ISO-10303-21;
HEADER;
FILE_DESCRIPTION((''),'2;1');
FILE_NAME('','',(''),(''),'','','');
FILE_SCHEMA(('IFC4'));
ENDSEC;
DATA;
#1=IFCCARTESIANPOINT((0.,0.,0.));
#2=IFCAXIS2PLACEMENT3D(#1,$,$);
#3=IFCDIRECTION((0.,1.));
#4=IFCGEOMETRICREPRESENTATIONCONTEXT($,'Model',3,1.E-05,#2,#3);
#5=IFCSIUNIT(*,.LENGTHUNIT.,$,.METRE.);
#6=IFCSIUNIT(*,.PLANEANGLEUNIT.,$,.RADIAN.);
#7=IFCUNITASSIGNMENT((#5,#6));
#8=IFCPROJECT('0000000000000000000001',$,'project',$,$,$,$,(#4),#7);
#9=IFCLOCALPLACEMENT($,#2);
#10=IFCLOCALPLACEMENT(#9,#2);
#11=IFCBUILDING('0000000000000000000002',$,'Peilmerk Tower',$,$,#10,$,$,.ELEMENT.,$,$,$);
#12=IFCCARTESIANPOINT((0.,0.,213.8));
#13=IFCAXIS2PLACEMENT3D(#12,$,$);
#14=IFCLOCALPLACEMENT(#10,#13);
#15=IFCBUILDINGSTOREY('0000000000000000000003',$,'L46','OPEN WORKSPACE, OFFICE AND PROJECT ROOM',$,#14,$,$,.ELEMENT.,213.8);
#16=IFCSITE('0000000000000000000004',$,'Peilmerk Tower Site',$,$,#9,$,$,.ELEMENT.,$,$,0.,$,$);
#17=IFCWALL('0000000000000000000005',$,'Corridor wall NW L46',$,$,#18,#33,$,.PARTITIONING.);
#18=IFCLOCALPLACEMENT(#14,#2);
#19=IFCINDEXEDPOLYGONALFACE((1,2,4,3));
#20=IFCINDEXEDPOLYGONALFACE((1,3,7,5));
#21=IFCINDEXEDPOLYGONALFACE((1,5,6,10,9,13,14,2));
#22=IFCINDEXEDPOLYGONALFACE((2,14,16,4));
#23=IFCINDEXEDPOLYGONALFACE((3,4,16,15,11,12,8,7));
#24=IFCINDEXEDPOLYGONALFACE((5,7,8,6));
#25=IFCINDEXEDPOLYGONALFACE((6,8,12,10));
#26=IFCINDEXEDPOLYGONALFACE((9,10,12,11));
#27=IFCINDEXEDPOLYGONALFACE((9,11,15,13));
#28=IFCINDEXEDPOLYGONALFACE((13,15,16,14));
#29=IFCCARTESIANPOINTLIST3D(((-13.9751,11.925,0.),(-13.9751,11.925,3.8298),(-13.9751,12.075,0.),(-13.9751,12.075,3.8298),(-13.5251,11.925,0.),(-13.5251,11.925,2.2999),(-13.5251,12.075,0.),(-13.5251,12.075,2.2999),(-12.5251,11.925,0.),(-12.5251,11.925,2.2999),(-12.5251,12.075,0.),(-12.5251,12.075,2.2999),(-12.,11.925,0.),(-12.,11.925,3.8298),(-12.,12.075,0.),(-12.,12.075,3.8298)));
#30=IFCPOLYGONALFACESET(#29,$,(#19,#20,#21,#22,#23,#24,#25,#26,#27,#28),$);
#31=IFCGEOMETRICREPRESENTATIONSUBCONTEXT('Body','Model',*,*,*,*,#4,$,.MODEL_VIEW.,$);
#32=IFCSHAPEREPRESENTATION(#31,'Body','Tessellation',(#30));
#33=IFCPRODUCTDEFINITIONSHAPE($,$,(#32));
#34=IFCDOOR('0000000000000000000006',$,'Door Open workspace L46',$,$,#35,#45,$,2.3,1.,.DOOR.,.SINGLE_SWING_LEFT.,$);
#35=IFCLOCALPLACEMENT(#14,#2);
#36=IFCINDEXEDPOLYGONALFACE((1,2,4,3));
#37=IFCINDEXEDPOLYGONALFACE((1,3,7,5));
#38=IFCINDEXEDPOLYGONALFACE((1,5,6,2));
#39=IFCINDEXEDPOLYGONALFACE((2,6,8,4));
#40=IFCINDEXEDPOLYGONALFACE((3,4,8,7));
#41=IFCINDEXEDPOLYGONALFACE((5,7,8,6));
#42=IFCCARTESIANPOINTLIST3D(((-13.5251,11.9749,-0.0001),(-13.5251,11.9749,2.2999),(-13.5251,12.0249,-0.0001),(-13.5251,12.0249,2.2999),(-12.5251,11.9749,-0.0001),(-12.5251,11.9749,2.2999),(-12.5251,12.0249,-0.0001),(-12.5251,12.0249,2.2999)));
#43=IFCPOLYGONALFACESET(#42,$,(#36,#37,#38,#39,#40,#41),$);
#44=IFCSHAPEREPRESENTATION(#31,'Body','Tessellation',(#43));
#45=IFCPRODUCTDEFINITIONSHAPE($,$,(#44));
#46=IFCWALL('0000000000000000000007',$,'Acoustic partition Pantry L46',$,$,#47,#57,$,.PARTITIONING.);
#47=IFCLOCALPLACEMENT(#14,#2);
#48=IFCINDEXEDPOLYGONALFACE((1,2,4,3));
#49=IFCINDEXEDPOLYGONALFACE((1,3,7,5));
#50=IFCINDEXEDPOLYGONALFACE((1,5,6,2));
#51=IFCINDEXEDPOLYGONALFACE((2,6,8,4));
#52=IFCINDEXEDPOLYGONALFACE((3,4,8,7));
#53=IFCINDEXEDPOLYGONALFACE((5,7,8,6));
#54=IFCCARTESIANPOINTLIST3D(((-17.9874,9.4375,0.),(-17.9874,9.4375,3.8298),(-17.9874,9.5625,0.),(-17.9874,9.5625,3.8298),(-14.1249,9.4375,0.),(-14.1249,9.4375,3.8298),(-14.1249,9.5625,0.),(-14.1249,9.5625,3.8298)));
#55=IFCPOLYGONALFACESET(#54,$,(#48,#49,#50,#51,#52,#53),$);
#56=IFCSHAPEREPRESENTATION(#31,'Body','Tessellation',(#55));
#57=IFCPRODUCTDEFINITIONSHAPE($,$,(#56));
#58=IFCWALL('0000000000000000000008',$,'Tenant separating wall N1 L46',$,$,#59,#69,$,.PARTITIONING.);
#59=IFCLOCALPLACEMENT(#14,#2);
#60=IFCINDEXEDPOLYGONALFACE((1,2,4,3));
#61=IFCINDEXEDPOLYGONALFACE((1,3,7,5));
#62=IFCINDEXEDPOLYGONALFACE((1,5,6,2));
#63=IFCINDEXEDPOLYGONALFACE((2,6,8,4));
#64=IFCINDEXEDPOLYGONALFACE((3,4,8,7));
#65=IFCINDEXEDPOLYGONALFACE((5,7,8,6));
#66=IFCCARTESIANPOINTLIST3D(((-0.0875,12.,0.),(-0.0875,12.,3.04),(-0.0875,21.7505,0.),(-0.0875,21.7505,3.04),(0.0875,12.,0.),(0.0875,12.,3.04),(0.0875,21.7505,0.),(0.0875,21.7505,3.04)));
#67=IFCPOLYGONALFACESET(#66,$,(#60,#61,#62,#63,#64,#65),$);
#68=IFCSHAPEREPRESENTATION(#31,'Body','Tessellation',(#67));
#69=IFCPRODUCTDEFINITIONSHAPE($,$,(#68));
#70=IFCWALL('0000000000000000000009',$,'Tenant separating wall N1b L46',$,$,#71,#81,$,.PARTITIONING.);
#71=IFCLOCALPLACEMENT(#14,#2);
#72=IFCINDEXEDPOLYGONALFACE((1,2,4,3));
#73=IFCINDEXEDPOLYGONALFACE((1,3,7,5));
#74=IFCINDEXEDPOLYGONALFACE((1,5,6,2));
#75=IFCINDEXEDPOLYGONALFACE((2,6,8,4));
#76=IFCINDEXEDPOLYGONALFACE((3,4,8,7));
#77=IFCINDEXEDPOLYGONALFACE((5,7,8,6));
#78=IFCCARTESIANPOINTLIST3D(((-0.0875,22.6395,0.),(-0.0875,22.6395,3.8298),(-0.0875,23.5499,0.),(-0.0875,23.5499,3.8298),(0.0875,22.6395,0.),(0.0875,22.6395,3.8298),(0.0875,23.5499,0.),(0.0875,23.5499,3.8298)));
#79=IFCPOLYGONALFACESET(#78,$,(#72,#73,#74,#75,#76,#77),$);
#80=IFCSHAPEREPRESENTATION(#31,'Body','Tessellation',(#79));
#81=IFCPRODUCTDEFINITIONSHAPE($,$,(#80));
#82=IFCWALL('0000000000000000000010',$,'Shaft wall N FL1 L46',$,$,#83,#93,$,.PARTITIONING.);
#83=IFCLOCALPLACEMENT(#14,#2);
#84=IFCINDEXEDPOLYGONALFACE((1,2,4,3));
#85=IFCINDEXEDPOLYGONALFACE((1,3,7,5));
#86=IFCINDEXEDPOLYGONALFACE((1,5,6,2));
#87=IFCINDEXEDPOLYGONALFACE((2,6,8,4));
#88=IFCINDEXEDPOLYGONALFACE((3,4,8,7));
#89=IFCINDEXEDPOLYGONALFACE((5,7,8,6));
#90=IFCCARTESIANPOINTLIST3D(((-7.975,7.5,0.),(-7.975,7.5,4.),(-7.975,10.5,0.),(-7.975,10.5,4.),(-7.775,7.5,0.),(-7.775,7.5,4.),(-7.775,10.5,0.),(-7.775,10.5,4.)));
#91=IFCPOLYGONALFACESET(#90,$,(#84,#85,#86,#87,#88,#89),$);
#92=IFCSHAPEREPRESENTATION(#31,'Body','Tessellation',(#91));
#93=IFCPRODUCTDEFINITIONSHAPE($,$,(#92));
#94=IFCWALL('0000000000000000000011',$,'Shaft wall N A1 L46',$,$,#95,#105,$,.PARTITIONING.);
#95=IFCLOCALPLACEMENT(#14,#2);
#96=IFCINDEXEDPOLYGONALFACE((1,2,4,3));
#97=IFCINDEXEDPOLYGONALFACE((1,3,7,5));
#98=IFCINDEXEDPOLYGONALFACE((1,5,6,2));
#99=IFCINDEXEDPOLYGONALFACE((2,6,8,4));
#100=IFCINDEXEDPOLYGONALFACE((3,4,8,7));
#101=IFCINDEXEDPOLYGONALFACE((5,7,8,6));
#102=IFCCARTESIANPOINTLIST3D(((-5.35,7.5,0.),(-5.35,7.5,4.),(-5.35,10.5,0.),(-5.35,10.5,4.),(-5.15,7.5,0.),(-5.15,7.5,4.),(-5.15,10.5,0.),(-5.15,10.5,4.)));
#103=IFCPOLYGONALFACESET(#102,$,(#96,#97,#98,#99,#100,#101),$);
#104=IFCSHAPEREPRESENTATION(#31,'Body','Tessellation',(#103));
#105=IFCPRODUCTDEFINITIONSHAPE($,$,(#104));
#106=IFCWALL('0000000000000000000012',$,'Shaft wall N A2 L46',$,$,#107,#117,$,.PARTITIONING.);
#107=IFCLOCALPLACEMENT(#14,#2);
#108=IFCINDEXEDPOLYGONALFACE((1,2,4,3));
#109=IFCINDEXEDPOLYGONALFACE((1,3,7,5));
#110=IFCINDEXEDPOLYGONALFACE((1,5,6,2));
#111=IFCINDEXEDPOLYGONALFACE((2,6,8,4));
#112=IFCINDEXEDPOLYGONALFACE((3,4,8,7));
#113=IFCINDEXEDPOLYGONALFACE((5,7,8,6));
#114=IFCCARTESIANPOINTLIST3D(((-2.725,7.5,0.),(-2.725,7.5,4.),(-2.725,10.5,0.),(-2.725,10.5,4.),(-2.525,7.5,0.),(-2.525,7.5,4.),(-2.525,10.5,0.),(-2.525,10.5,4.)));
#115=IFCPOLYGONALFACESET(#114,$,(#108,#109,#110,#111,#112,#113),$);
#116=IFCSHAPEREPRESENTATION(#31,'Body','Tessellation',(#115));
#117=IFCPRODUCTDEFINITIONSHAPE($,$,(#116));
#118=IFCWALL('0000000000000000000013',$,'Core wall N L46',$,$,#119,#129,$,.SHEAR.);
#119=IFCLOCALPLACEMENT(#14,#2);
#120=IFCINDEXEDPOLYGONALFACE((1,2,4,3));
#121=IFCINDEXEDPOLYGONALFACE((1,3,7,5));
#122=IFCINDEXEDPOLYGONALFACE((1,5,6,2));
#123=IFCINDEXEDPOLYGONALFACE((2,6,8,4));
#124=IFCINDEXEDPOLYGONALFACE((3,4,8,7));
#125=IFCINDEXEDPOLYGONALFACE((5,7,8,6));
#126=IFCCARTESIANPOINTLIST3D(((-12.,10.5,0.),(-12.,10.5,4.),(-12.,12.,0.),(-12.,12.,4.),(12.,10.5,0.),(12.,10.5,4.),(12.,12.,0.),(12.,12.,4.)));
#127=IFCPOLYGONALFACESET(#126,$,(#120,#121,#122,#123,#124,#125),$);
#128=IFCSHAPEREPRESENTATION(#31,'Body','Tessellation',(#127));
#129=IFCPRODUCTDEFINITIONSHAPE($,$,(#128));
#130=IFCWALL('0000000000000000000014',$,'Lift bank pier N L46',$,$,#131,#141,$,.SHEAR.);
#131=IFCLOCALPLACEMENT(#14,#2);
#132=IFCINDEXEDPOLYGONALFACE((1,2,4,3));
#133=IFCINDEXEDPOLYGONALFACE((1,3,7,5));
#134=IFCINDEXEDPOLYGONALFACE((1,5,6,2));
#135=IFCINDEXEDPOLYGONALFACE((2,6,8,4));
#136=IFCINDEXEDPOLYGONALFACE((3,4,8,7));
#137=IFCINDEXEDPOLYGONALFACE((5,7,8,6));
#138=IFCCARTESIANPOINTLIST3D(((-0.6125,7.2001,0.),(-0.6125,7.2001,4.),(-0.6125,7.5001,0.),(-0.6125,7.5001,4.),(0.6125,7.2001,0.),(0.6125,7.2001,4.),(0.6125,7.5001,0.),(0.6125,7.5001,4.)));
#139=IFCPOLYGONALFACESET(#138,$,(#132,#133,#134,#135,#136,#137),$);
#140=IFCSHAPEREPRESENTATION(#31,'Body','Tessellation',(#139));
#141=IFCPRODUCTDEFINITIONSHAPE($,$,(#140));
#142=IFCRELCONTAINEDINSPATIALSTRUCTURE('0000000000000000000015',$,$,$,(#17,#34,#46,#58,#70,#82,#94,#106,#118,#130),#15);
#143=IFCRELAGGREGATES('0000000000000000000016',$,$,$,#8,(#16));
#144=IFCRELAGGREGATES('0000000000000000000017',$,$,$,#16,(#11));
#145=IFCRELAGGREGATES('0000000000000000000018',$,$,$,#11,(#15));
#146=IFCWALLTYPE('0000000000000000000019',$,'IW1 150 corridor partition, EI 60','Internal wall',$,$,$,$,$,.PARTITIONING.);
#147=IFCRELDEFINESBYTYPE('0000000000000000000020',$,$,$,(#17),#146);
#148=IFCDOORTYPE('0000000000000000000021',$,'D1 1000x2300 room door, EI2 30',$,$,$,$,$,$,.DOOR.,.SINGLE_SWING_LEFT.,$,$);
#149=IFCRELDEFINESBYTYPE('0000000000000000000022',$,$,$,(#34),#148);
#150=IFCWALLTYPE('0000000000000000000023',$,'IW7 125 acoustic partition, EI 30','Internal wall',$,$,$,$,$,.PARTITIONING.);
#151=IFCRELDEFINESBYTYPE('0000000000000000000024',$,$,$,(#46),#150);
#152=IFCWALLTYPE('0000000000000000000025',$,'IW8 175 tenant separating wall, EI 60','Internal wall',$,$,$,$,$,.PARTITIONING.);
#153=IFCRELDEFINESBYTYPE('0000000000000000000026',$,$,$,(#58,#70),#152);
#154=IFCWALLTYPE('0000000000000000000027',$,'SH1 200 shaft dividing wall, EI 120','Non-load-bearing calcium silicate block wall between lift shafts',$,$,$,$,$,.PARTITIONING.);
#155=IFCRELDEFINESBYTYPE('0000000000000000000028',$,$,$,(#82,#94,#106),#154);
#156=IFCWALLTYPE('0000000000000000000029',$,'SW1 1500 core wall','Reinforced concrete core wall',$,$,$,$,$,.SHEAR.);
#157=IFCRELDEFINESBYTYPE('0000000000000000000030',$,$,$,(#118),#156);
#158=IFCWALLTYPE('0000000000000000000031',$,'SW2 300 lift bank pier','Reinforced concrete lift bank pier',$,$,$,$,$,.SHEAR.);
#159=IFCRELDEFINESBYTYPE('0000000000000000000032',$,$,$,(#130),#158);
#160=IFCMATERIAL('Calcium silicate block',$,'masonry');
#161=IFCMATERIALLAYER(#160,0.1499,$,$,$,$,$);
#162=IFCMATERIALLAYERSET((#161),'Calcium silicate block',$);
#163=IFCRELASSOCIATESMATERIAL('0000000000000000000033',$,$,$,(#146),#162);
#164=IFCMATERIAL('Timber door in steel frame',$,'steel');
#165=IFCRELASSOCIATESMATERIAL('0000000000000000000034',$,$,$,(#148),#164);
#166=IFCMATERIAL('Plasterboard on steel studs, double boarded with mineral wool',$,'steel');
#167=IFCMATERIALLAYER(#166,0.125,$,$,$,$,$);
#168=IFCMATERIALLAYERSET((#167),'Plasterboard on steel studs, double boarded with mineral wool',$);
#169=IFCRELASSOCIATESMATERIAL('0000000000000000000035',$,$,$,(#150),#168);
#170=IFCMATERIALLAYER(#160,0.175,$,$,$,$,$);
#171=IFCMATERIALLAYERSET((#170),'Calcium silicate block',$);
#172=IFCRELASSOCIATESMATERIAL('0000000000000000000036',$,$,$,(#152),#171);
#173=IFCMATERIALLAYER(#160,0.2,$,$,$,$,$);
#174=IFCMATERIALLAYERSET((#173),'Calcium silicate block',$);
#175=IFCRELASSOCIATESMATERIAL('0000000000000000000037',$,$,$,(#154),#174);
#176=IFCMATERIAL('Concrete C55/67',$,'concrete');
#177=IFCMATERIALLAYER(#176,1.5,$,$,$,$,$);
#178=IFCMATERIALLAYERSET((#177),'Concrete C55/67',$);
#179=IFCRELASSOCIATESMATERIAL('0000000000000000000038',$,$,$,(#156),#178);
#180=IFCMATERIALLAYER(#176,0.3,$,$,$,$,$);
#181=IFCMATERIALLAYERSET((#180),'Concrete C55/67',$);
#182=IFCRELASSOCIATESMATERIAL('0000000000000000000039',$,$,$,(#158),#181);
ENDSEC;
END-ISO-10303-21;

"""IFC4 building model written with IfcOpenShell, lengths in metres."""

from ifc_helpers import new_model, si_unit, direction, frame, frame_2d, origin, place, context, subcontext, project, spatial, rectangle, extrude, material, layer, layer_set, type_object, element, fill, save


model = new_model("IFC4")

# Units and contexts
model_context = context("Model", 3, precision=1e-05, world=origin(), true_north=direction((0.0, 1.0)))
body_context = subcontext(model_context, "Body", "Model", "MODEL_VIEW")
ifc_project = project(units=[si_unit("LENGTHUNIT", "METRE"), si_unit("PLANEANGLEUNIT", "RADIAN")], contexts=[model_context])

# Site, building, storey
site_placement = place(None, origin())
site = spatial("IfcSite", under=ifc_project, at=site_placement, Name="Peilmerk Tower Site", CompositionType="ELEMENT", RefElevation=0.0)
building_placement = place(site_placement, origin())
building = spatial("IfcBuilding", under=site, at=building_placement, Name="Peilmerk Tower", CompositionType="ELEMENT")
storey_placement = place(building_placement, frame((0.0, 0.0, 213.8)))
storey = spatial("IfcBuildingStorey", under=building, at=storey_placement, Name="L46", Description="OPEN WORKSPACE, OFFICE AND PROJECT ROOM", CompositionType="ELEMENT", Elevation=213.8)

# Shared definitions
ifc_material_1 = material(Name="Calcium silicate block", Category="masonry")
ifc_layer_1 = layer(ifc_material_1, 0.1499)
ifc_layer_set_1 = layer_set([ifc_layer_1], Name="Calcium silicate block")
wall_type_1 = type_object("IfcWallType", Name="IW1 150 corridor partition, EI 60", Description="Internal wall", PredefinedType="PARTITIONING", material=ifc_layer_set_1)
ifc_material_2 = material(Name="Timber door in steel frame", Category="steel")
door_type_1 = type_object("IfcDoorType", Name="D1 1000x2300 room door, EI2 30", OperationType="SINGLE_SWING_LEFT", PredefinedType="DOOR", material=ifc_material_2)

# Wall, opening, door
wall_1_placement = place(storey_placement, frame((-13.9751, 12.0, 0.0), z_axis=(0.0, 0.0, 1.0), x_axis=(1.0, 0.0, 0.0)))
wall_1 = element("IfcWall", 1, at=wall_1_placement, inside=storey, type_object=wall_type_1, Name="Corridor wall NW L46", PredefinedType="PARTITIONING", context=body_context, shape_type="SweptSolid", body=[
    extrude(rectangle(XDim=1.9751, YDim=0.1499, at=frame_2d((0.9875, 0.0))), origin(), (0.0, 0.0, 1.0), 3.8298),
])
opening_1_placement = place(wall_1_placement, frame((0.45, 0.0, 0.0)))
opening_1 = element("IfcOpeningElement", 2, at=opening_1_placement, cuts=wall_1, PredefinedType="OPENING", context=body_context, shape_type="SweptSolid", body=[
    extrude(rectangle(XDim=1.0, YDim=2.3, at=frame_2d((0.5, 1.1499))), frame((0.0, 0.085, 0.0), z_axis=(0.0, -1.0, 0.0), x_axis=(1.0, 0.0, 0.0)), (0.0, 0.0, 1.0), 0.1699),
])
door_1_placement = place(opening_1_placement, origin())
door_1 = element("IfcDoor", 3, at=door_1_placement, inside=storey, type_object=door_type_1, Name="Door Open workspace L46", OperationType="SINGLE_SWING_LEFT", OverallHeight=2.3, OverallWidth=1.0, PredefinedType="DOOR", context=body_context, shape_type="SweptSolid", body=[
    extrude(rectangle(XDim=1.0, YDim=2.3, at=frame_2d((0.5, 1.1499))), frame((0.0, 0.0249, 0.0), z_axis=(0.0, -1.0, 0.0), x_axis=(1.0, 0.0, 0.0)), (0.0, 0.0, 1.0), 0.05),
])
fill(opening_1, door_1)

# Walls
ifc_material_3 = material(Name="Plasterboard on steel studs, double boarded with mineral wool", Category="steel")
ifc_layer_2 = layer(ifc_material_3, 0.125)
ifc_layer_set_2 = layer_set([ifc_layer_2], Name="Plasterboard on steel studs, double boarded with mineral wool")
wall_type_2 = type_object("IfcWallType", Name="IW7 125 acoustic partition, EI 30", Description="Internal wall", PredefinedType="PARTITIONING", material=ifc_layer_set_2)
wall_2_placement = place(storey_placement, frame((-14.125, 9.5, 0.0), z_axis=(0.0, 0.0, 1.0), x_axis=(-1.0, 0.0, 0.0)))
element("IfcWall", 4, at=wall_2_placement, inside=storey, type_object=wall_type_2, Name="Acoustic partition Pantry L46", PredefinedType="PARTITIONING", context=body_context, shape_type="SweptSolid", body=[
    extrude(rectangle(XDim=3.8625, YDim=0.125, at=frame_2d((1.9312, 0.0))), origin(), (0.0, 0.0, 1.0), 3.8298),
])
ifc_layer_3 = layer(ifc_material_1, 0.175)
ifc_layer_set_3 = layer_set([ifc_layer_3], Name="Calcium silicate block")
wall_type_3 = type_object("IfcWallType", Name="IW8 175 tenant separating wall, EI 60", Description="Internal wall", PredefinedType="PARTITIONING", material=ifc_layer_set_3)
wall_3_placement = place(storey_placement, frame((0.0, 12.0, 0.0), z_axis=(0.0, 0.0, 1.0), x_axis=(0.0, 1.0, 0.0)))
element("IfcWall", 5, at=wall_3_placement, inside=storey, type_object=wall_type_3, Name="Tenant separating wall N1 L46", PredefinedType="PARTITIONING", context=body_context, shape_type="SweptSolid", body=[
    extrude(rectangle(XDim=9.7505, YDim=0.175, at=frame_2d((4.8752, 0.0))), origin(), (0.0, 0.0, 1.0), 3.04),
])
wall_4_placement = place(storey_placement, frame((0.0, 22.6396, 0.0), z_axis=(0.0, 0.0, 1.0), x_axis=(0.0, 1.0, 0.0)))
element("IfcWall", 6, at=wall_4_placement, inside=storey, type_object=wall_type_3, Name="Tenant separating wall N1b L46", PredefinedType="PARTITIONING", context=body_context, shape_type="SweptSolid", body=[
    extrude(rectangle(XDim=0.9104, YDim=0.175, at=frame_2d((0.4551, 0.0))), origin(), (0.0, 0.0, 1.0), 3.8298),
])
ifc_layer_4 = layer(ifc_material_1, 0.2)
ifc_layer_set_4 = layer_set([ifc_layer_4], Name="Calcium silicate block")
wall_type_4 = type_object("IfcWallType", Name="SH1 200 shaft dividing wall, EI 120", Description="Non-load-bearing calcium silicate block wall between lift shafts", PredefinedType="PARTITIONING", material=ifc_layer_set_4)
for number, where, z_axis, x_axis, name in (
    (7, (-7.875, 7.5, 0.0), (0.0, 0.0, 1.0), (0.0, 1.0, 0.0), "Shaft wall N FL1 L46"),
    (8, (-5.25, 7.5, 0.0), (0.0, 0.0, 1.0), (0.0, 1.0, 0.0), "Shaft wall N A1 L46"),
    (9, (-2.625, 7.5, 0.0), (0.0, 0.0, 1.0), (0.0, 1.0, 0.0), "Shaft wall N A2 L46"),
):
    element("IfcWall", number, at=place(storey_placement, frame(where, z_axis=z_axis, x_axis=x_axis)), inside=storey, type_object=wall_type_4, Name=name, PredefinedType="PARTITIONING", context=body_context, shape_type="SweptSolid", body=[
        extrude(rectangle(XDim=3.0, YDim=0.2, at=frame_2d((1.5, 0.0))), origin(), (0.0, 0.0, 1.0), 4.0),
    ])
ifc_material_4 = material(Name="Concrete C55/67", Category="concrete")
ifc_layer_5 = layer(ifc_material_4, 1.5)
ifc_layer_set_5 = layer_set([ifc_layer_5], Name="Concrete C55/67")
wall_type_5 = type_object("IfcWallType", Name="SW1 1500 core wall", Description="Reinforced concrete core wall", PredefinedType="SHEAR", material=ifc_layer_set_5)
wall_5_placement = place(storey_placement, frame((-12.0, 11.25, 0.0), z_axis=(0.0, 0.0, 1.0), x_axis=(1.0, 0.0, 0.0)))
element("IfcWall", 10, at=wall_5_placement, inside=storey, type_object=wall_type_5, Name="Core wall N L46", PredefinedType="SHEAR", context=body_context, shape_type="SweptSolid", body=[
    extrude(rectangle(XDim=24.0, YDim=1.5, at=frame_2d((12.0, 0.0))), origin(), (0.0, 0.0, 1.0), 4.0),
])
ifc_layer_6 = layer(ifc_material_4, 0.3)
ifc_layer_set_6 = layer_set([ifc_layer_6], Name="Concrete C55/67")
wall_type_6 = type_object("IfcWallType", Name="SW2 300 lift bank pier", Description="Reinforced concrete lift bank pier", PredefinedType="SHEAR", material=ifc_layer_set_6)
wall_6_placement = place(storey_placement, frame((-0.6125, 7.3501, 0.0), z_axis=(0.0, 0.0, 1.0), x_axis=(1.0, 0.0, 0.0)))
element("IfcWall", 11, at=wall_6_placement, inside=storey, type_object=wall_type_6, Name="Lift bank pier N L46", PredefinedType="SHEAR", context=body_context, shape_type="SweptSolid", body=[
    extrude(rectangle(XDim=1.2251, YDim=0.3, at=frame_2d((0.6125, 0.0))), origin(), (0.0, 0.0, 1.0), 4.0),
])

save(model, "model.ifc")
